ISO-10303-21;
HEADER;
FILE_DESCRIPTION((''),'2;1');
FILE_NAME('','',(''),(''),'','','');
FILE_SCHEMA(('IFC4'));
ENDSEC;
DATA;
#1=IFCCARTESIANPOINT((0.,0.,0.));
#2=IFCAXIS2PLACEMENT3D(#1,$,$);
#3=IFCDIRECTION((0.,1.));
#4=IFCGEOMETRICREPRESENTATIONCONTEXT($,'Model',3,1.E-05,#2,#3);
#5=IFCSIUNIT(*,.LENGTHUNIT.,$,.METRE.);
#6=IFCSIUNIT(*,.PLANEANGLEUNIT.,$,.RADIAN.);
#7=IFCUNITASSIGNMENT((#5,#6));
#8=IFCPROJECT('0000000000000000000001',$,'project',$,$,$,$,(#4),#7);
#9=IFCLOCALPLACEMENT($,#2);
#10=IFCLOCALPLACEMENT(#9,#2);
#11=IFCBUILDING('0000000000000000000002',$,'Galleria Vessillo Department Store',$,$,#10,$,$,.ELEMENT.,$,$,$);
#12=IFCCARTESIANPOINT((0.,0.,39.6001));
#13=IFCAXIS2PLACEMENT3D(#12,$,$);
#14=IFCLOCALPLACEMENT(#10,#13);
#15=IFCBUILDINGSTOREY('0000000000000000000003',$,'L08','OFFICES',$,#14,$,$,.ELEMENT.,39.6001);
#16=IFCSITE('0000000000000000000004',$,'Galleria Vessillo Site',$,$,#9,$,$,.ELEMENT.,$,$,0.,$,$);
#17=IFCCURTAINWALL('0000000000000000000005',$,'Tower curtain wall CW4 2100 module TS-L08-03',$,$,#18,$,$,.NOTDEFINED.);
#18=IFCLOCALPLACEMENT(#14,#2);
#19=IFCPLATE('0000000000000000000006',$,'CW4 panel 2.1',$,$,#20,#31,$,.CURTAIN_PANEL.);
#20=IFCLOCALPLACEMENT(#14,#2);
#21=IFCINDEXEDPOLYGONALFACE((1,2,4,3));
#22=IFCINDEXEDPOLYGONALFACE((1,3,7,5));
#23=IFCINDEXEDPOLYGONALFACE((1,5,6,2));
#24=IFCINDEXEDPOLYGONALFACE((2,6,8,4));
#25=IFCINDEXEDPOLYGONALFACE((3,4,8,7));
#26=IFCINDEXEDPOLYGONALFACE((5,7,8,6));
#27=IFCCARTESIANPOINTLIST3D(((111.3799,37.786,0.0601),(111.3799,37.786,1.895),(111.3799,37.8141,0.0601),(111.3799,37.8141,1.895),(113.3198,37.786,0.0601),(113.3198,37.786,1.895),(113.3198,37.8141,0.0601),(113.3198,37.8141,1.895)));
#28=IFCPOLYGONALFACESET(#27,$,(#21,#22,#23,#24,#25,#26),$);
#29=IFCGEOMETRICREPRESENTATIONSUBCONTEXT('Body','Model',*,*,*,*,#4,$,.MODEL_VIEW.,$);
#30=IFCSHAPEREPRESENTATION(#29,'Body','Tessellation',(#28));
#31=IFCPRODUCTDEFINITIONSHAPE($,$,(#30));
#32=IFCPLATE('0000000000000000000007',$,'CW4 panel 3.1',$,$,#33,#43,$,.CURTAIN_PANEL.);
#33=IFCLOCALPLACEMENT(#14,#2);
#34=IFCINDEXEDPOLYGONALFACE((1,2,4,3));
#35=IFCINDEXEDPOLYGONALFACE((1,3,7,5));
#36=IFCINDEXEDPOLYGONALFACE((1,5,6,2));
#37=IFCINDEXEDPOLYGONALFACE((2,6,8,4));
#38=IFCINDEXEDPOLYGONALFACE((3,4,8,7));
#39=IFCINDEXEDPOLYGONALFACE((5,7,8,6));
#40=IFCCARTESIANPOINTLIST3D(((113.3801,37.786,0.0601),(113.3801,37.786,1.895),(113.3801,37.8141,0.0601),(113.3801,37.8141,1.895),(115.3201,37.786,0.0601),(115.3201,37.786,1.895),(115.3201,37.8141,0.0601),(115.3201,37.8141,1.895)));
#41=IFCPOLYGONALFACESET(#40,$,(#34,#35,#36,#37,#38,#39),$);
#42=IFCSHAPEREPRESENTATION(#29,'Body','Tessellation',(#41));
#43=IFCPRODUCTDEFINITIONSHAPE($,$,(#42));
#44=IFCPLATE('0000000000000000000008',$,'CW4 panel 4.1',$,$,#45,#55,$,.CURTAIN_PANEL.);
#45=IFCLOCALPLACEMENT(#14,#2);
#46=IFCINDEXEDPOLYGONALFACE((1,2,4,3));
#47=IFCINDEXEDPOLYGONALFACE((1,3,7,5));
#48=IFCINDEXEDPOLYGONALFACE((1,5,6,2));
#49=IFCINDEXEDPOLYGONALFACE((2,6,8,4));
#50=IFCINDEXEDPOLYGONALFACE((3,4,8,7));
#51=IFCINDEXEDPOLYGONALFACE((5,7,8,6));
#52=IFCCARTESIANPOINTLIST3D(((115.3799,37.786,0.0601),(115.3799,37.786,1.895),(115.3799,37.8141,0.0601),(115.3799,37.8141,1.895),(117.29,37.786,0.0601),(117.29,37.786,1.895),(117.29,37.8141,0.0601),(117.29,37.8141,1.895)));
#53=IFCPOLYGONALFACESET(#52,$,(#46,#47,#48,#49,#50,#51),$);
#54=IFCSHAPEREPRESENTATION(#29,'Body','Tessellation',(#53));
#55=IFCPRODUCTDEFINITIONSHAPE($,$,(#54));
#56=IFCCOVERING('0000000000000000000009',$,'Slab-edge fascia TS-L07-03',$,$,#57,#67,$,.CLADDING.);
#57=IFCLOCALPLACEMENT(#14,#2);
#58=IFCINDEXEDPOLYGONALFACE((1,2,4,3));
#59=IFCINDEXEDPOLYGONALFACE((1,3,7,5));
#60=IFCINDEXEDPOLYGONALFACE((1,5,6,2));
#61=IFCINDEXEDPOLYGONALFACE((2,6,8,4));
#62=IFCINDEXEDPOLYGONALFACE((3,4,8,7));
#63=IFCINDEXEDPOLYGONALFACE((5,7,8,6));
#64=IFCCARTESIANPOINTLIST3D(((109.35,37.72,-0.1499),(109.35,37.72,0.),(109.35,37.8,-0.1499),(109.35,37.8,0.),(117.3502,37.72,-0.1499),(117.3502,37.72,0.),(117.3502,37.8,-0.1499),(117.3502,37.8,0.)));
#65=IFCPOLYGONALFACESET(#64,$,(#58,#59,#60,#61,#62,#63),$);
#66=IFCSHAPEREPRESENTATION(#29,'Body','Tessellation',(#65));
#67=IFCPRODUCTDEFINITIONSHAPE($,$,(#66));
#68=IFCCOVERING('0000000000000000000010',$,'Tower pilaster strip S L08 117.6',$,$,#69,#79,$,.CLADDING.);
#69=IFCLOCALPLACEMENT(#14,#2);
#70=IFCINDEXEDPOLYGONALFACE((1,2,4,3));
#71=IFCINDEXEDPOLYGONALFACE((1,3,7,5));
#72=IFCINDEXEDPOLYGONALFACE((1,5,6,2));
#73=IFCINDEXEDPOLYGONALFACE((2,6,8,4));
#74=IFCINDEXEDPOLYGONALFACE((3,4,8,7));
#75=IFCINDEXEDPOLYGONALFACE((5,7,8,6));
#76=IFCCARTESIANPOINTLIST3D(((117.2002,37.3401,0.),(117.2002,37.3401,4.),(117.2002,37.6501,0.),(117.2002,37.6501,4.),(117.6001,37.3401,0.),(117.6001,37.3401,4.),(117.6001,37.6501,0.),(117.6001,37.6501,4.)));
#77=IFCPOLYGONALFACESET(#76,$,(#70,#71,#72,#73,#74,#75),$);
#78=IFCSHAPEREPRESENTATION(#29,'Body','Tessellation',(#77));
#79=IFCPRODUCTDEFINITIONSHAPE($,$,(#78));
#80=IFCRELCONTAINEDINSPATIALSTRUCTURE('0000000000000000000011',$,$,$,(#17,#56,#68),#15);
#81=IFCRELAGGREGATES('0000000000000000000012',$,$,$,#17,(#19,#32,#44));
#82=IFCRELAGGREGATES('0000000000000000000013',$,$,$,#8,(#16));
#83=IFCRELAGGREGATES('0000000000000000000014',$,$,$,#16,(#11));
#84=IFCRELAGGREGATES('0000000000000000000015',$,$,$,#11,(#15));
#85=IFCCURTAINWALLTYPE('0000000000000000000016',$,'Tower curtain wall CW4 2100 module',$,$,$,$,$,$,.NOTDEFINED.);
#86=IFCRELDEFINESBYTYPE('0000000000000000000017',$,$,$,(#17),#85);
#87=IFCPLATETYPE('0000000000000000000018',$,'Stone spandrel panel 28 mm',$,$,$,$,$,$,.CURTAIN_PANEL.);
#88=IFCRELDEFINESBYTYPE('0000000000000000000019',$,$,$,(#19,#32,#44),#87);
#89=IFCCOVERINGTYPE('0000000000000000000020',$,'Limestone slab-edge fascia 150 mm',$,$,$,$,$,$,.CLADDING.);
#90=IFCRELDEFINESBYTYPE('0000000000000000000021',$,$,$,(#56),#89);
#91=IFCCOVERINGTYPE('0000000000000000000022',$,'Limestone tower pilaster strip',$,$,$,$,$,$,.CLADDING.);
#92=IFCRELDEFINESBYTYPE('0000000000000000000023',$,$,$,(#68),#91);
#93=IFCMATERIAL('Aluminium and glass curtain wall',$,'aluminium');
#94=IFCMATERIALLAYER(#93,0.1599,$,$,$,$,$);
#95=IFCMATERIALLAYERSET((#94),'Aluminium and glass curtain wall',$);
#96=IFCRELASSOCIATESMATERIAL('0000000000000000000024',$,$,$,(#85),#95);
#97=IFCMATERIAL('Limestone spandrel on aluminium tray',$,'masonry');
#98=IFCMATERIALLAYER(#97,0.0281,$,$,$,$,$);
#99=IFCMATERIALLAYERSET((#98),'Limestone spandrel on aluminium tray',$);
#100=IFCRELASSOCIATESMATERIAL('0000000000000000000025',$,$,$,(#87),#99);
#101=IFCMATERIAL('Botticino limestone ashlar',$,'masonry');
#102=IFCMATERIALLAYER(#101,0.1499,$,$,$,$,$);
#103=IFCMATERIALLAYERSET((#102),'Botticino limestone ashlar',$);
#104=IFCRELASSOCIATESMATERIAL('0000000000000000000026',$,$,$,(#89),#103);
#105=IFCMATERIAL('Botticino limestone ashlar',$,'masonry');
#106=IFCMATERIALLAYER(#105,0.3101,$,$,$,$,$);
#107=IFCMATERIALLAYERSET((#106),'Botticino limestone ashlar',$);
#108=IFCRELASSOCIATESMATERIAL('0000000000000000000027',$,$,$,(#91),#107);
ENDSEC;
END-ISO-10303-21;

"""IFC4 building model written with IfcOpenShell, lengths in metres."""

from ifc_helpers import new_model, si_unit, direction, frame, origin, origin_2d, place, context, subcontext, project, spatial, rectangle, extrude, material, layer, layer_set, type_object, element, aggregate, save


model = new_model("IFC4")

# Units and contexts
model_context = context("Model", 3, precision=1e-05, world=origin(), true_north=direction((0.0, 1.0)))
body_context = subcontext(model_context, "Body", "Model", "MODEL_VIEW")
ifc_project = project(units=[si_unit("LENGTHUNIT", "METRE"), si_unit("PLANEANGLEUNIT", "RADIAN")], contexts=[model_context])

# Site, building, storey
site_placement = place(None, origin())
site = spatial("IfcSite", under=ifc_project, at=site_placement, Name="Galleria Vessillo Site", CompositionType="ELEMENT", RefElevation=0.0)
building_placement = place(site_placement, origin())
building = spatial("IfcBuilding", under=site, at=building_placement, Name="Galleria Vessillo Department Store", CompositionType="ELEMENT")
storey_placement = place(building_placement, frame((0.0, 0.0, 39.6001)))
storey = spatial("IfcBuildingStorey", under=building, at=storey_placement, Name="L08", Description="OFFICES", CompositionType="ELEMENT", Elevation=39.6001)

# Curtain wall
ifc_material_1 = material(Name="Aluminium and glass curtain wall", Category="aluminium")
ifc_layer_1 = layer(ifc_material_1, 0.1599)
ifc_layer_set_1 = layer_set([ifc_layer_1], Name="Aluminium and glass curtain wall")
curtain_wall_type = type_object("IfcCurtainWallType", Name="Tower curtain wall CW4 2100 module", PredefinedType="NOTDEFINED", material=ifc_layer_set_1)
curtain_wall_placement = place(storey_placement, origin())
curtain_wall = element("IfcCurtainWall", 1, at=curtain_wall_placement, inside=storey, type_object=curtain_wall_type, Name="Tower curtain wall CW4 2100 module TS-L08-03", PredefinedType="NOTDEFINED")

# Plates
ifc_material_2 = material(Name="Limestone spandrel on aluminium tray", Category="masonry")
ifc_layer_2 = layer(ifc_material_2, 0.0281)
ifc_layer_set_2 = layer_set([ifc_layer_2], Name="Limestone spandrel on aluminium tray")
plate_type_1 = type_object("IfcPlateType", Name="Stone spandrel panel 28 mm", PredefinedType="CURTAIN_PANEL", material=ifc_layer_set_2)
plate_1_placement = place(storey_placement, frame((112.3499, 37.8, 0.0601), z_axis=(0.0, 0.0, 1.0), x_axis=(1.0, 0.0, 0.0)))
plate_1 = element("IfcPlate", 2, at=plate_1_placement, type_object=plate_type_1, Name="CW4 panel 2.1", PredefinedType="CURTAIN_PANEL", context=body_context, shape_type="SweptSolid", body=[
    extrude(rectangle(XDim=1.9399, YDim=0.0281, at=origin_2d()), origin(), (0.0, 0.0, 1.0), 1.835),
])
plate_2_placement = place(storey_placement, frame((114.3501, 37.8, 0.0601), z_axis=(0.0, 0.0, 1.0), x_axis=(1.0, 0.0, 0.0)))
plate_2 = element("IfcPlate", 3, at=plate_2_placement, type_object=plate_type_1, Name="CW4 panel 3.1", PredefinedType="CURTAIN_PANEL", context=body_context, shape_type="SweptSolid", body=[
    extrude(rectangle(XDim=1.9399, YDim=0.0281, at=origin_2d()), origin(), (0.0, 0.0, 1.0), 1.835),
])
plate_3_placement = place(storey_placement, frame((116.335, 37.8, 0.0601), z_axis=(0.0, 0.0, 1.0), x_axis=(1.0, 0.0, 0.0)))
plate_3 = element("IfcPlate", 4, at=plate_3_placement, type_object=plate_type_1, Name="CW4 panel 4.1", PredefinedType="CURTAIN_PANEL", context=body_context, shape_type="SweptSolid", body=[
    extrude(rectangle(XDim=1.9102, YDim=0.0281, at=origin_2d()), origin(), (0.0, 0.0, 1.0), 1.835),
])
aggregate(curtain_wall, [plate_1, plate_2, plate_3])

# Coverings
ifc_material_3 = material(Name="Botticino limestone ashlar", Category="masonry")
ifc_layer_3 = layer(ifc_material_3, 0.1499)
ifc_layer_set_3 = layer_set([ifc_layer_3], Name="Botticino limestone ashlar")
covering_type_1 = type_object("IfcCoveringType", Name="Limestone slab-edge fascia 150 mm", PredefinedType="CLADDING", material=ifc_layer_set_3)
covering_1_placement = place(storey_placement, frame((113.3501, 37.76, -0.1499), z_axis=(0.0, 0.0, 1.0), x_axis=(1.0, 0.0, 0.0)))
element("IfcCovering", 5, at=covering_1_placement, inside=storey, type_object=covering_type_1, Name="Slab-edge fascia TS-L07-03", PredefinedType="CLADDING", context=body_context, shape_type="SweptSolid", body=[
    extrude(rectangle(XDim=8.0002, YDim=0.0801, at=origin_2d()), origin(), (0.0, 0.0, 1.0), 0.1499),
])
ifc_material_4 = material(Name="Botticino limestone ashlar", Category="masonry")
ifc_layer_4 = layer(ifc_material_4, 0.3101)
ifc_layer_set_4 = layer_set([ifc_layer_4], Name="Botticino limestone ashlar")
covering_type_2 = type_object("IfcCoveringType", Name="Limestone tower pilaster strip", PredefinedType="CLADDING", material=ifc_layer_set_4)
covering_2_placement = place(storey_placement, frame((117.4001, 37.4951, 0.0), z_axis=(0.0, 0.0, 1.0), x_axis=(1.0, 0.0, 0.0)))
element("IfcCovering", 6, at=covering_2_placement, inside=storey, type_object=covering_type_2, Name="Tower pilaster strip S L08 117.6", PredefinedType="CLADDING", context=body_context, shape_type="SweptSolid", body=[
    extrude(rectangle(XDim=0.3999, YDim=0.3101, at=origin_2d()), origin(), (0.0, 0.0, 1.0), 4.0),
])

save(model, "model.ifc")
